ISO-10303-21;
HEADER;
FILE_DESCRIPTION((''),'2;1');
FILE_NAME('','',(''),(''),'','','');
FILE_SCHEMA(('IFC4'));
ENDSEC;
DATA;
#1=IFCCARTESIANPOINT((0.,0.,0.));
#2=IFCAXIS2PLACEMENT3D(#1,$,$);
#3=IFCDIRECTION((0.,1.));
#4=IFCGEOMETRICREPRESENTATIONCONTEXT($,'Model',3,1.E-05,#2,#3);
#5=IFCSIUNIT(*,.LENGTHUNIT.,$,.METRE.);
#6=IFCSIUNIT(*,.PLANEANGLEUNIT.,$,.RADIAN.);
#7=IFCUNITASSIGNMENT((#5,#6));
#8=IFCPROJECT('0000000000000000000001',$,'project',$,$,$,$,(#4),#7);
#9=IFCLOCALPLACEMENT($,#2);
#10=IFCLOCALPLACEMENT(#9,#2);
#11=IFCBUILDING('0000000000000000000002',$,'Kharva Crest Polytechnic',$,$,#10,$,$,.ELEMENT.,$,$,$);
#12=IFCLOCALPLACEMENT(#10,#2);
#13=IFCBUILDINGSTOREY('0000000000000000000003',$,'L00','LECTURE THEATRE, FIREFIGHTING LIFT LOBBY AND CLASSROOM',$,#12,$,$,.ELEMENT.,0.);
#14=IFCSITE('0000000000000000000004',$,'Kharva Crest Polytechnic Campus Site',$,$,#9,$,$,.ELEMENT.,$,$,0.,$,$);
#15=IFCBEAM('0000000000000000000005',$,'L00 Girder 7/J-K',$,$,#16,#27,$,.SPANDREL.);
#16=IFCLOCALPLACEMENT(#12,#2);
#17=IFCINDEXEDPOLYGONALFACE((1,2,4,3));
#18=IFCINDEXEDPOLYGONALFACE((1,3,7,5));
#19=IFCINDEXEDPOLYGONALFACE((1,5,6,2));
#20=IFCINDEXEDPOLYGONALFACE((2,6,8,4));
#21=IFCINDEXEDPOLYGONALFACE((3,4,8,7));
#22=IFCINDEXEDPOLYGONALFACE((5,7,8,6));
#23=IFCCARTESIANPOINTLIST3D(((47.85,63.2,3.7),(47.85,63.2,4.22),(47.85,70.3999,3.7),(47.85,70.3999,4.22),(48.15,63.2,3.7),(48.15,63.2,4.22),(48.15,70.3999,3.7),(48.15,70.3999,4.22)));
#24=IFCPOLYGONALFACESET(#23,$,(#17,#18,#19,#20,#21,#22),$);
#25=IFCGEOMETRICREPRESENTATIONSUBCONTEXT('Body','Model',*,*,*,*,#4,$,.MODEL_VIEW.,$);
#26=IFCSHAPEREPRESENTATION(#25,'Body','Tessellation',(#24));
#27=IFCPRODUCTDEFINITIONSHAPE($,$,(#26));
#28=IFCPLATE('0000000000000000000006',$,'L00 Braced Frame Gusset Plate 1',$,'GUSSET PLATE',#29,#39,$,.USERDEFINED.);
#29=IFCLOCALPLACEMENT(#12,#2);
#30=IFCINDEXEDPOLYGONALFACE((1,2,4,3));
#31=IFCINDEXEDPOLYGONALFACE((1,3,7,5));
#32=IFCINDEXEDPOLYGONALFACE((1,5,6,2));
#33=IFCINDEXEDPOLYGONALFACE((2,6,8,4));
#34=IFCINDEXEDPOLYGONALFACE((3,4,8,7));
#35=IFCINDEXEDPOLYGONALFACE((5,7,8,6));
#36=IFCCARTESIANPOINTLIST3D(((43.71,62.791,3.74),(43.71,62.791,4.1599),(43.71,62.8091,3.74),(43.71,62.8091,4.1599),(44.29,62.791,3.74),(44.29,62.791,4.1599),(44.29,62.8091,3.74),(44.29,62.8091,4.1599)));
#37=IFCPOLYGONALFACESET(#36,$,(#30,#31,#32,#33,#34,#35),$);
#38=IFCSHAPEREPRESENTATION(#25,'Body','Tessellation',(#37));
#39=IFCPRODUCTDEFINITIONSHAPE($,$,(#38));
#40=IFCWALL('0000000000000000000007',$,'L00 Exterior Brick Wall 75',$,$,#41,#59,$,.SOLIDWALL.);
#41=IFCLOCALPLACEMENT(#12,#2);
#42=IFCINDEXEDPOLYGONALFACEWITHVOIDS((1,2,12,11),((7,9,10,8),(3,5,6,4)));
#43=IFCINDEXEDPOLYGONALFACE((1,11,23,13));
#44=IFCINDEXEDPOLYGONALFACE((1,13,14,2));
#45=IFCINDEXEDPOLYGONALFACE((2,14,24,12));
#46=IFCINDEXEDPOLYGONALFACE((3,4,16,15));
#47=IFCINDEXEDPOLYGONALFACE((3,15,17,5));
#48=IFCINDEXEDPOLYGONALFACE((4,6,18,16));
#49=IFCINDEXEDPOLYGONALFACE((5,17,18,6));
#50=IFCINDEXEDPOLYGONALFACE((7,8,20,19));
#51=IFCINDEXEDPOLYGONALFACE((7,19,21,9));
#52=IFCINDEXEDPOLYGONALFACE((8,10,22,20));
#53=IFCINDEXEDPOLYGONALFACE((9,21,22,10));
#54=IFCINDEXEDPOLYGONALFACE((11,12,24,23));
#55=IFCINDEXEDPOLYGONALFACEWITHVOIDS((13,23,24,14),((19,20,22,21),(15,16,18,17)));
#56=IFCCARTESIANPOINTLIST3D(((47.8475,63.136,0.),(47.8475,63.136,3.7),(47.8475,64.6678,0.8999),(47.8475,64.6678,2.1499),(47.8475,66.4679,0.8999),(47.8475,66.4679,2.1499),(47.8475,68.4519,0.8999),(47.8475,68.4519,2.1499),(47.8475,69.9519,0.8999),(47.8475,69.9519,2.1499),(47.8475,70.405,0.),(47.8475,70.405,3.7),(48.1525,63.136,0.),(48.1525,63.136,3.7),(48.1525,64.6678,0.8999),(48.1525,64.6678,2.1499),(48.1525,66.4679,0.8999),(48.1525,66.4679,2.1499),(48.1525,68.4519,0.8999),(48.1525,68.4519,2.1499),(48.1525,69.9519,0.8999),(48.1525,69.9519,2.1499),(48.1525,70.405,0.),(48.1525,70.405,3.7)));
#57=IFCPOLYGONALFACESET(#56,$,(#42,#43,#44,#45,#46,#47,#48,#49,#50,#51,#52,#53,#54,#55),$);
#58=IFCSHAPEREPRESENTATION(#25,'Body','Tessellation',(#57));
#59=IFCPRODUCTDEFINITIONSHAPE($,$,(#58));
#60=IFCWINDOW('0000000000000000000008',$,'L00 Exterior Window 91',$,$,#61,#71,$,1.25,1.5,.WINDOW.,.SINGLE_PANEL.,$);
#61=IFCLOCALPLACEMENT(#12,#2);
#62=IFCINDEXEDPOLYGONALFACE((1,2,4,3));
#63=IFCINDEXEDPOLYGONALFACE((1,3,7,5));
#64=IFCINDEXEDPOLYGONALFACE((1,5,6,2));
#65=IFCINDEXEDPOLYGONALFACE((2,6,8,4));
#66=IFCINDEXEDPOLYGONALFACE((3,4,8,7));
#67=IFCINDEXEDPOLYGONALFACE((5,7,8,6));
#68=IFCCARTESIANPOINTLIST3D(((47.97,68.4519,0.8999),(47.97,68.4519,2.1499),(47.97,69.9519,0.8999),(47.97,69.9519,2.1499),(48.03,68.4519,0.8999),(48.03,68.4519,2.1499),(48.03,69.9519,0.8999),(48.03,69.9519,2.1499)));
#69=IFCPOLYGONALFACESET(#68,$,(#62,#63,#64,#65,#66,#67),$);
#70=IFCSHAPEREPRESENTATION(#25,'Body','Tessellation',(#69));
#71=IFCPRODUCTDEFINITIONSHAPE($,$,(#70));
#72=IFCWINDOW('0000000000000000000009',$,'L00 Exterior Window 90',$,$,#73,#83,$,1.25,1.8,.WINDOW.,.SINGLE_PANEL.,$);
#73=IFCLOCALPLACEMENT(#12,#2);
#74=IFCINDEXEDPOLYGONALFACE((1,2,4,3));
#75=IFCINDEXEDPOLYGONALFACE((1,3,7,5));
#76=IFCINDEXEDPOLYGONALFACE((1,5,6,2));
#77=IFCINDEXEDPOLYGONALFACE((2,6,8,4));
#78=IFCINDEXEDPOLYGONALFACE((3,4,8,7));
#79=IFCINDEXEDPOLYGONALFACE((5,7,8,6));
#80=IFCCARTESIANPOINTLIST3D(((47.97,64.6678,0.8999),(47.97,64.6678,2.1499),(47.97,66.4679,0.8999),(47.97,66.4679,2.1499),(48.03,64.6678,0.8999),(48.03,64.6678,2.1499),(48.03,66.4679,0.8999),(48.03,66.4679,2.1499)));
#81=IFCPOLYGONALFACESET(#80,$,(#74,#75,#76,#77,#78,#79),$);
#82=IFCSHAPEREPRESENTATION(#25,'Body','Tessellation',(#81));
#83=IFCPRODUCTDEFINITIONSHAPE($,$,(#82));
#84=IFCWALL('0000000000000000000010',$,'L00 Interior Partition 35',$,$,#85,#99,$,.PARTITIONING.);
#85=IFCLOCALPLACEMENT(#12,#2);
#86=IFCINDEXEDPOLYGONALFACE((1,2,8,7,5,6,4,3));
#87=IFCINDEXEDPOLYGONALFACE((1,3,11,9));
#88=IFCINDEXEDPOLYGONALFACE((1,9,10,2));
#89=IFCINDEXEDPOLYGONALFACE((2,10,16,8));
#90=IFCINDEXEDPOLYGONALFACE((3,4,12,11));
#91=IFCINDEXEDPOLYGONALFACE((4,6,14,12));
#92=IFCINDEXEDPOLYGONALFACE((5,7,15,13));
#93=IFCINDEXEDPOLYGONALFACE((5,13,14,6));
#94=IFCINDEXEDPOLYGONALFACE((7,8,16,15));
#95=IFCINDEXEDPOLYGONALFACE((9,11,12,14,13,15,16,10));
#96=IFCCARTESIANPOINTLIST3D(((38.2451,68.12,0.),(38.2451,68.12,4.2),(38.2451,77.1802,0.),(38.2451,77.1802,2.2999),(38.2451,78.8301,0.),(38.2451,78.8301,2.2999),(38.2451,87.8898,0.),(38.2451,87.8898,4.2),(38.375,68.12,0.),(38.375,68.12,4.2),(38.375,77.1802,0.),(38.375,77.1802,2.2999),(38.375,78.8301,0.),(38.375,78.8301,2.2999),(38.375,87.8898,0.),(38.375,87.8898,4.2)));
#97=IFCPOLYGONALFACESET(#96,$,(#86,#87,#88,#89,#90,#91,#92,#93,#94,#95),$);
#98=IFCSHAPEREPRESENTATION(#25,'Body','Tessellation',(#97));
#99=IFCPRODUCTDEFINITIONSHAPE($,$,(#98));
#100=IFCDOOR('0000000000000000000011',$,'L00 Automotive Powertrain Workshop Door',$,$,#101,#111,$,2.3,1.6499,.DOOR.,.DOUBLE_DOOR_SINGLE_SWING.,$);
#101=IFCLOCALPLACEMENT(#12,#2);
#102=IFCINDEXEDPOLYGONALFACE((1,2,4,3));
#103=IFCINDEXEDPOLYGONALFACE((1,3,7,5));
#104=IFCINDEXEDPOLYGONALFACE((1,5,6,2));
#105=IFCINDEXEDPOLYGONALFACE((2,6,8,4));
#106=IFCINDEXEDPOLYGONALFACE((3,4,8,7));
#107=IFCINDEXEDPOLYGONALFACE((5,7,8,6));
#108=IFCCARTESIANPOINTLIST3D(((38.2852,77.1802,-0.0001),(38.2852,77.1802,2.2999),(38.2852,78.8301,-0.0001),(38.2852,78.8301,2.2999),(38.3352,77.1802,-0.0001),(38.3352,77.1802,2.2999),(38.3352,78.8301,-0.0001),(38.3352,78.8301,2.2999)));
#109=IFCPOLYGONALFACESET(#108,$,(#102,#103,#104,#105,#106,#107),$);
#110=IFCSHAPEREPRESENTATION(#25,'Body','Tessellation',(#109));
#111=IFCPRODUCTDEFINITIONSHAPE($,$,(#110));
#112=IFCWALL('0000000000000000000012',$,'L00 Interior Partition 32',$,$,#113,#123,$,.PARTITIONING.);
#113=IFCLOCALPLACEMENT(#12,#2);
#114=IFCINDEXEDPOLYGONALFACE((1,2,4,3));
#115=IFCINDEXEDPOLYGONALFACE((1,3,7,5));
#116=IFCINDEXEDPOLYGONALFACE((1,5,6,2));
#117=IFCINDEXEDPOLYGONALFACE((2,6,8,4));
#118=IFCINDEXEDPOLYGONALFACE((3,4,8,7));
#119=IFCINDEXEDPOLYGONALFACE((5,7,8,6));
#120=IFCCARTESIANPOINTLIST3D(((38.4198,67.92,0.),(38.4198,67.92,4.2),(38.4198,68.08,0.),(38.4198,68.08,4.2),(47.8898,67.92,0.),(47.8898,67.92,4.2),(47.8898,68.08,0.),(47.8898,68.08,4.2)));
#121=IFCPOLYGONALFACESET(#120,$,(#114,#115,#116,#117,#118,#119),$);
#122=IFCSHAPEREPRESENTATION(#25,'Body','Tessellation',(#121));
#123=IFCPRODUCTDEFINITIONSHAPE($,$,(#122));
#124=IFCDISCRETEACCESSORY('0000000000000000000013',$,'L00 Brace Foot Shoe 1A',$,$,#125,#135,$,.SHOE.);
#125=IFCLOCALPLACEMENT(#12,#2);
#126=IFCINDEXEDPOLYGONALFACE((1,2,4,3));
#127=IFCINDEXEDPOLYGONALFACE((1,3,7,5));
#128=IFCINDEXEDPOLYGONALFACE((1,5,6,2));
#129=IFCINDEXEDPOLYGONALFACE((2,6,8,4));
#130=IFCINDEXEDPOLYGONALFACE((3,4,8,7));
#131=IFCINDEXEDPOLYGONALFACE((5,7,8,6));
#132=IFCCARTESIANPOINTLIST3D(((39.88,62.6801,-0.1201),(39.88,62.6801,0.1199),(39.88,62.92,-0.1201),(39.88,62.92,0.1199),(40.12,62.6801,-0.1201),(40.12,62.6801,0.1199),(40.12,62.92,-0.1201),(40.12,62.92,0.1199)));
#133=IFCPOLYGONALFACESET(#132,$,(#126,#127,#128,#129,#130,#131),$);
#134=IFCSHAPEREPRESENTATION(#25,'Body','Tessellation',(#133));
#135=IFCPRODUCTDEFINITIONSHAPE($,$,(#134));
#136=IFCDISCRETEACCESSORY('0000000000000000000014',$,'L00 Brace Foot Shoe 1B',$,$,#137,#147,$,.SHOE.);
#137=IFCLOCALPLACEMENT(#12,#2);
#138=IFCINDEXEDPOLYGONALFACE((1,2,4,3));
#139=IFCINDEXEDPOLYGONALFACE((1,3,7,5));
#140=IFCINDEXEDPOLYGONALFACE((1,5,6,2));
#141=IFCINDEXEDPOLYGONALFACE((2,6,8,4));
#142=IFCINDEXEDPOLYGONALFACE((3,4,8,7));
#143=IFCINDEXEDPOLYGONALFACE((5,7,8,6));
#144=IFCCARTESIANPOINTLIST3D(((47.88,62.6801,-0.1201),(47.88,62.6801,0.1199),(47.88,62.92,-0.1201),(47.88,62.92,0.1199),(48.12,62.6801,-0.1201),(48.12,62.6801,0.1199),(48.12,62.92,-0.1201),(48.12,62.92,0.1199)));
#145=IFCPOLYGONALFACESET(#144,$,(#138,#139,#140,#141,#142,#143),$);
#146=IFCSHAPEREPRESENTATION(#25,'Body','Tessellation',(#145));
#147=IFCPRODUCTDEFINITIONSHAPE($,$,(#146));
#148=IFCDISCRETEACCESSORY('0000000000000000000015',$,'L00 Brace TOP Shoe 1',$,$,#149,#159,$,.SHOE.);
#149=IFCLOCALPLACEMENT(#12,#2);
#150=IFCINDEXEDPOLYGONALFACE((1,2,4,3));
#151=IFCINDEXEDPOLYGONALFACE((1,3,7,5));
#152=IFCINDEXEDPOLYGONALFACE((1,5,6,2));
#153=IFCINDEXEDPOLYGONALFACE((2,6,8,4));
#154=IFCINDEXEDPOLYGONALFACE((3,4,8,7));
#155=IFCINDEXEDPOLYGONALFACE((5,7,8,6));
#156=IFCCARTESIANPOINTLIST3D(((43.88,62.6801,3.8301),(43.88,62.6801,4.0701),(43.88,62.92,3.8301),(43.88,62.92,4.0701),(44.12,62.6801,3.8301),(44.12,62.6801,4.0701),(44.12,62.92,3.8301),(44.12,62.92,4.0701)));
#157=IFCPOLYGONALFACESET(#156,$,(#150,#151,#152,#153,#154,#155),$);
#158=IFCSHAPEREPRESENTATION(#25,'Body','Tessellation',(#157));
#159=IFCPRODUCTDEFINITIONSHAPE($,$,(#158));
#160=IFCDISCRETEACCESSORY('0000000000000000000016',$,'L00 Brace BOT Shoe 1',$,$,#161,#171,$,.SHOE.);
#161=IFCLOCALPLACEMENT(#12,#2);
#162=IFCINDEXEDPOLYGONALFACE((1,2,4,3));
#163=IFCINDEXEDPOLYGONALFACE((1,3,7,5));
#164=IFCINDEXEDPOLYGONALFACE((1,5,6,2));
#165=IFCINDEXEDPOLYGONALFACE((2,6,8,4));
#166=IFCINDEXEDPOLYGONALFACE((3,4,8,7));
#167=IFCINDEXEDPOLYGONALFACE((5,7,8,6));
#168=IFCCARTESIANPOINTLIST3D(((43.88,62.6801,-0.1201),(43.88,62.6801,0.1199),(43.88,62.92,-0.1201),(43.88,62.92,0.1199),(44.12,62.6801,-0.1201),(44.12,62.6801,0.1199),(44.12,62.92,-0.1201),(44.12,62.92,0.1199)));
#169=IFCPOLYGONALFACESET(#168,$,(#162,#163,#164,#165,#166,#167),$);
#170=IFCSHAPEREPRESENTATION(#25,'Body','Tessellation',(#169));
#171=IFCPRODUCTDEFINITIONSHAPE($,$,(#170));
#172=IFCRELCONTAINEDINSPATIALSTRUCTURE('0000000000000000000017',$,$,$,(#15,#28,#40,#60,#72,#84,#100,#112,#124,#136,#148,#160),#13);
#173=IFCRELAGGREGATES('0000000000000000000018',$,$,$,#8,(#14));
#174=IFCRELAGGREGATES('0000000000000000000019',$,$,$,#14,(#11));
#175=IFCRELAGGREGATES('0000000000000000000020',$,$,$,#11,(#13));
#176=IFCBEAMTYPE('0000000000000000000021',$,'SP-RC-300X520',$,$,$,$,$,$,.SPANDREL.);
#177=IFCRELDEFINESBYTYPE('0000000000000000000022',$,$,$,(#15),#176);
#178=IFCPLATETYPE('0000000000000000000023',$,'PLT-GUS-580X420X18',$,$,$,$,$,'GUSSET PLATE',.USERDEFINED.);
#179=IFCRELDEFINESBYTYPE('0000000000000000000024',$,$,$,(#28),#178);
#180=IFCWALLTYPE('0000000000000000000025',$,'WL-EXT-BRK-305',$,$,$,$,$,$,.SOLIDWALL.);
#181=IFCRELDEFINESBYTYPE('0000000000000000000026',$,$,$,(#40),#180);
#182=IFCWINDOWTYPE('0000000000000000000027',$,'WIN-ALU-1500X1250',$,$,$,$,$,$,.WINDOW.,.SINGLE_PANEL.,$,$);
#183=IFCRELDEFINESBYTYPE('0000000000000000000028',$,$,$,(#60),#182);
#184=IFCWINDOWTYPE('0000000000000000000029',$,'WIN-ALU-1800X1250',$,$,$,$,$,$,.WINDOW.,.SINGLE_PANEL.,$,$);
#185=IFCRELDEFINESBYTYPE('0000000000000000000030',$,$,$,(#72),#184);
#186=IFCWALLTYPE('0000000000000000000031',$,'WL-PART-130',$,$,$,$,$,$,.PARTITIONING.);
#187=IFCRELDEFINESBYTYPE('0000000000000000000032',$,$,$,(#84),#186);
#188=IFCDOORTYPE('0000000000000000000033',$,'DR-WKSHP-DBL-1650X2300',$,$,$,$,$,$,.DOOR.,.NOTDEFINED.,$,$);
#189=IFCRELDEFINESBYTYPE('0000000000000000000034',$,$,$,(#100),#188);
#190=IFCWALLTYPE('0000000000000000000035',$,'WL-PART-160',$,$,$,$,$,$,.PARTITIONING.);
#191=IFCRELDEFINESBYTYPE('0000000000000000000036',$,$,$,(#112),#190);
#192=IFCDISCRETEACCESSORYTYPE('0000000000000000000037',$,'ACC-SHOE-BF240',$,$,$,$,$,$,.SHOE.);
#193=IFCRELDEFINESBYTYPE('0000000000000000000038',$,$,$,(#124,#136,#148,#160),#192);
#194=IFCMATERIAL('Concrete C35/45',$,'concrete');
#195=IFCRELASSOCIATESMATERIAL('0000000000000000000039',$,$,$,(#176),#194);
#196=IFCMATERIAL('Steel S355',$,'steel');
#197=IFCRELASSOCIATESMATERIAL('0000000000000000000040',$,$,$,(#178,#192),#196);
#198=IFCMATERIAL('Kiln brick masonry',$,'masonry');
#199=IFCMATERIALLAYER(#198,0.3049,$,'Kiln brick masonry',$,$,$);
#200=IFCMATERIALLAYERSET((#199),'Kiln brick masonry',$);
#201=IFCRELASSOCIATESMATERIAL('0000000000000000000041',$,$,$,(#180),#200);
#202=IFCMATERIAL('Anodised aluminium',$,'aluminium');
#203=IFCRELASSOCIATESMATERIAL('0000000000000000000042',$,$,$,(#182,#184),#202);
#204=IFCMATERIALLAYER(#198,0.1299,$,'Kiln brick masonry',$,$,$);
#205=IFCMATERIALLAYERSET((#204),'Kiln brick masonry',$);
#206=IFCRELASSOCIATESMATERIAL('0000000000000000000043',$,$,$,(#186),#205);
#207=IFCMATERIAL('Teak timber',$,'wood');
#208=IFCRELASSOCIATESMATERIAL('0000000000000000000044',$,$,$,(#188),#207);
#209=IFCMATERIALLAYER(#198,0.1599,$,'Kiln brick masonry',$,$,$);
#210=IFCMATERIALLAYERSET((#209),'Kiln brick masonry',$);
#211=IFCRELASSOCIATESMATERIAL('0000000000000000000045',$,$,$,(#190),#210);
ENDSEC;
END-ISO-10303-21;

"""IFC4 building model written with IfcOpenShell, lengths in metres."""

from ifc_helpers import new_model, si_unit, direction, frame, frame_2d, origin, origin_2d, place, context, subcontext, project, spatial, rectangle, extrude, material, layer, layer_set, material_profile, profile_set, type_object, element, fill, save


model = new_model("IFC4")

# Units and contexts
model_context = context("Model", 3, precision=1e-05, world=origin(), true_north=direction((0.0, 1.0)))
body_context = subcontext(model_context, "Body", "Model", "MODEL_VIEW")
ifc_project = project(units=[si_unit("LENGTHUNIT", "METRE"), si_unit("PLANEANGLEUNIT", "RADIAN")], contexts=[model_context])

# Site, building, storey
site_placement = place(None, origin())
site = spatial("IfcSite", under=ifc_project, at=site_placement, Name="Kharva Crest Polytechnic Campus Site", CompositionType="ELEMENT", RefElevation=0.0)
building_placement = place(site_placement, origin())
building = spatial("IfcBuilding", under=site, at=building_placement, Name="Kharva Crest Polytechnic", CompositionType="ELEMENT")
storey_placement = place(building_placement, origin())
storey = spatial("IfcBuildingStorey", under=building, at=storey_placement, Name="L00", Description="LECTURE THEATRE, FIREFIGHTING LIFT LOBBY AND CLASSROOM", CompositionType="ELEMENT", Elevation=0.0)

# Shared definitions
ifc_material_1 = material(Name="Concrete C35/45", Category="concrete")

# Shared definitions
ifc_material_2 = material(Name="Steel S355", Category="steel")

# Beam
ifc_material_profile_1 = material_profile(ifc_material_1, rectangle(XDim=0.3, YDim=0.52, at=origin_2d()), Name="RECT 300 X 520")
ifc_profile_set_1 = profile_set([ifc_material_profile_1], Name="Concrete C35/45")
beam_type_1 = type_object("IfcBeamType", Name="SP-RC-300X520", PredefinedType="SPANDREL", material=ifc_profile_set_1)
beam_1_placement = place(storey_placement, frame((48.0, 63.2, 3.96), z_axis=(0.0, 1.0, 0.0), x_axis=(-1.0, 0.0, 0.0)))
element("IfcBeam", 1, at=beam_1_placement, inside=storey, type_object=beam_type_1, Name="L00 Girder 7/J-K", PredefinedType="SPANDREL", context=body_context, shape_type="SweptSolid", body=[
    extrude(rectangle(XDim=0.3, YDim=0.52, at=origin_2d()), origin(), (0.0, 0.0, 1.0), 7.2),
])

# Plate
plate_type = type_object("IfcPlateType", Name="PLT-GUS-580X420X18", ElementType="GUSSET PLATE", PredefinedType="USERDEFINED", material=ifc_material_2)
plate_placement = place(storey_placement, frame((44.0, 62.8, 3.74), z_axis=(0.0, 0.0, 1.0), x_axis=(1.0, 0.0, 0.0)))
element("IfcPlate", 2, at=plate_placement, inside=storey, type_object=plate_type, Name="L00 Braced Frame Gusset Plate 1", ObjectType="GUSSET PLATE", PredefinedType="USERDEFINED", context=body_context, shape_type="SweptSolid", body=[
    extrude(rectangle(XDim=0.5801, YDim=0.0181, at=origin_2d()), origin(), (0.0, 0.0, 1.0), 0.4199),
])

# Wall, openings, windows
ifc_material_3 = material(Name="Kiln brick masonry", Category="masonry")
ifc_layer_1 = layer(ifc_material_3, 0.3049, Name="Kiln brick masonry")
ifc_layer_set_1 = layer_set([ifc_layer_1], Name="Kiln brick masonry")
wall_type_1 = type_object("IfcWallType", Name="WL-EXT-BRK-305", PredefinedType="SOLIDWALL", material=ifc_layer_set_1)
wall_1_placement = place(storey_placement, frame((48.0, 63.136, 0.0), z_axis=(0.0, 0.0, 1.0), x_axis=(0.0, 1.0, 0.0)))
wall_1 = element("IfcWall", 3, at=wall_1_placement, inside=storey, type_object=wall_type_1, Name="L00 Exterior Brick Wall 75", PredefinedType="SOLIDWALL", context=body_context, shape_type="SweptSolid", body=[
    extrude(rectangle(XDim=7.269, YDim=0.3049, at=frame_2d((3.6345, 0.0))), origin(), (0.0, 0.0, 1.0), 3.7),
])
opening_1_placement = place(wall_1_placement, frame((1.532, 0.0, 0.8999)))
opening_1 = element("IfcOpeningElement", 4, at=opening_1_placement, cuts=wall_1, PredefinedType="OPENING", context=body_context, shape_type="SweptSolid", body=[
    extrude(rectangle(XDim=1.8, YDim=1.25, at=frame_2d((0.8999, 0.625))), frame((0.0, 0.1624, 0.0), z_axis=(0.0, -1.0, 0.0), x_axis=(1.0, 0.0, 0.0)), (0.0, 0.0, 1.0), 0.325),
])
opening_2_placement = place(wall_1_placement, frame((5.3159, 0.0, 0.8999)))
opening_2 = element("IfcOpeningElement", 5, at=opening_2_placement, cuts=wall_1, PredefinedType="OPENING", context=body_context, shape_type="SweptSolid", body=[
    extrude(rectangle(XDim=1.5, YDim=1.25, at=frame_2d((0.75, 0.625))), frame((0.0, 0.1624, 0.0), z_axis=(0.0, -1.0, 0.0), x_axis=(1.0, 0.0, 0.0)), (0.0, 0.0, 1.0), 0.325),
])
ifc_material_4 = material(Name="Anodised aluminium", Category="aluminium")
window_type_1 = type_object("IfcWindowType", Name="WIN-ALU-1500X1250", PartitioningType="SINGLE_PANEL", PredefinedType="WINDOW", material=ifc_material_4)
window_1_placement = place(opening_2_placement, origin())
window_1 = element("IfcWindow", 6, at=window_1_placement, inside=storey, type_object=window_type_1, Name="L00 Exterior Window 91", OverallHeight=1.25, OverallWidth=1.5, PartitioningType="SINGLE_PANEL", PredefinedType="WINDOW", context=body_context, shape_type="SweptSolid", body=[
    extrude(rectangle(XDim=1.5, YDim=1.25, at=frame_2d((0.75, 0.625))), frame((0.0, 0.03, 0.0), z_axis=(0.0, -1.0, 0.0), x_axis=(1.0, 0.0, 0.0)), (0.0, 0.0, 1.0), 0.0601),
])
fill(opening_2, window_1)
window_type_2 = type_object("IfcWindowType", Name="WIN-ALU-1800X1250", PartitioningType="SINGLE_PANEL", PredefinedType="WINDOW", material=ifc_material_4)
window_2_placement = place(opening_1_placement, origin())
window_2 = element("IfcWindow", 7, at=window_2_placement, inside=storey, type_object=window_type_2, Name="L00 Exterior Window 90", OverallHeight=1.25, OverallWidth=1.8, PartitioningType="SINGLE_PANEL", PredefinedType="WINDOW", context=body_context, shape_type="SweptSolid", body=[
    extrude(rectangle(XDim=1.8, YDim=1.25, at=frame_2d((0.8999, 0.625))), frame((0.0, 0.03, 0.0), z_axis=(0.0, -1.0, 0.0), x_axis=(1.0, 0.0, 0.0)), (0.0, 0.0, 1.0), 0.0601),
])
fill(opening_1, window_2)

# Wall, opening, door
ifc_layer_2 = layer(ifc_material_3, 0.1299, Name="Kiln brick masonry")
ifc_layer_set_2 = layer_set([ifc_layer_2], Name="Kiln brick masonry")
wall_type_2 = type_object("IfcWallType", Name="WL-PART-130", PredefinedType="PARTITIONING", material=ifc_layer_set_2)
wall_2_placement = place(storey_placement, frame((38.3101, 68.1201, 0.0), z_axis=(0.0, 0.0, 1.0), x_axis=(0.0, 1.0, 0.0)))
wall_2 = element("IfcWall", 8, at=wall_2_placement, inside=storey, type_object=wall_type_2, Name="L00 Interior Partition 35", PredefinedType="PARTITIONING", context=body_context, shape_type="SweptSolid", body=[
    extrude(rectangle(XDim=19.7698, YDim=0.1299, at=frame_2d((9.8848, 0.0))), origin(), (0.0, 0.0, 1.0), 4.2),
])
opening_3_placement = place(wall_2_placement, frame((9.0601, 0.0, 0.0)))
opening_3 = element("IfcOpeningElement", 9, at=opening_3_placement, cuts=wall_2, PredefinedType="OPENING", context=body_context, shape_type="SweptSolid", body=[
    extrude(rectangle(XDim=1.6499, YDim=2.3, at=frame_2d((0.825, 1.1499))), frame((0.0, 0.075, 0.0), z_axis=(0.0, -1.0, 0.0), x_axis=(1.0, 0.0, 0.0)), (0.0, 0.0, 1.0), 0.1499),
])
ifc_material_5 = material(Name="Teak timber", Category="wood")
door_type = type_object("IfcDoorType", Name="DR-WKSHP-DBL-1650X2300", OperationType="NOTDEFINED", PredefinedType="DOOR", material=ifc_material_5)
door_placement = place(opening_3_placement, origin())
door = element("IfcDoor", 10, at=door_placement, inside=storey, type_object=door_type, Name="L00 Automotive Powertrain Workshop Door", OperationType="DOUBLE_DOOR_SINGLE_SWING", OverallHeight=2.3, OverallWidth=1.6499, PredefinedType="DOOR", context=body_context, shape_type="SweptSolid", body=[
    extrude(rectangle(XDim=1.6499, YDim=2.3, at=frame_2d((0.825, 1.1499))), frame((0.0, 0.0249, 0.0), z_axis=(0.0, -1.0, 0.0), x_axis=(1.0, 0.0, 0.0)), (0.0, 0.0, 1.0), 0.05),
])
fill(opening_3, door)

# Wall
ifc_layer_3 = layer(ifc_material_3, 0.1599, Name="Kiln brick masonry")
ifc_layer_set_3 = layer_set([ifc_layer_3], Name="Kiln brick masonry")
wall_type_3 = type_object("IfcWallType", Name="WL-PART-160", PredefinedType="PARTITIONING", material=ifc_layer_set_3)
wall_3_placement = place(storey_placement, frame((38.4199, 68.0, 0.0), z_axis=(0.0, 0.0, 1.0), x_axis=(1.0, 0.0, 0.0)))
element("IfcWall", 11, at=wall_3_placement, inside=storey, type_object=wall_type_3, Name="L00 Interior Partition 32", PredefinedType="PARTITIONING", context=body_context, shape_type="SweptSolid", body=[
    extrude(rectangle(XDim=9.47, YDim=0.1599, at=frame_2d((4.7349, 0.0))), origin(), (0.0, 0.0, 1.0), 4.2),
])

# Discrete accessories
discrete_accessory_type = type_object("IfcDiscreteAccessoryType", Name="ACC-SHOE-BF240", PredefinedType="SHOE", material=ifc_material_2)
for number, where, z_axis, x_axis, name in (
    (12, (40.0, 62.8, -0.1201), (0.0, 0.0, 1.0), (1.0, 0.0, 0.0), "L00 Brace Foot Shoe 1A"),
    (13, (48.0, 62.8, -0.1201), (0.0, 0.0, 1.0), (1.0, 0.0, 0.0), "L00 Brace Foot Shoe 1B"),
    (14, (44.0, 62.8, 3.8301), (0.0, 0.0, 1.0), (1.0, 0.0, 0.0), "L00 Brace TOP Shoe 1"),
    (15, (44.0, 62.8, -0.1201), (0.0, 0.0, 1.0), (1.0, 0.0, 0.0), "L00 Brace BOT Shoe 1"),
):
    element("IfcDiscreteAccessory", number, at=place(storey_placement, frame(where, z_axis=z_axis, x_axis=x_axis)), inside=storey, type_object=discrete_accessory_type, Name=name, PredefinedType="SHOE", context=body_context, shape_type="SweptSolid", body=[
        extrude(rectangle(XDim=0.24, YDim=0.24, at=origin_2d()), origin(), (0.0, 0.0, 1.0), 0.24),
    ])

save(model, "model.ifc")
